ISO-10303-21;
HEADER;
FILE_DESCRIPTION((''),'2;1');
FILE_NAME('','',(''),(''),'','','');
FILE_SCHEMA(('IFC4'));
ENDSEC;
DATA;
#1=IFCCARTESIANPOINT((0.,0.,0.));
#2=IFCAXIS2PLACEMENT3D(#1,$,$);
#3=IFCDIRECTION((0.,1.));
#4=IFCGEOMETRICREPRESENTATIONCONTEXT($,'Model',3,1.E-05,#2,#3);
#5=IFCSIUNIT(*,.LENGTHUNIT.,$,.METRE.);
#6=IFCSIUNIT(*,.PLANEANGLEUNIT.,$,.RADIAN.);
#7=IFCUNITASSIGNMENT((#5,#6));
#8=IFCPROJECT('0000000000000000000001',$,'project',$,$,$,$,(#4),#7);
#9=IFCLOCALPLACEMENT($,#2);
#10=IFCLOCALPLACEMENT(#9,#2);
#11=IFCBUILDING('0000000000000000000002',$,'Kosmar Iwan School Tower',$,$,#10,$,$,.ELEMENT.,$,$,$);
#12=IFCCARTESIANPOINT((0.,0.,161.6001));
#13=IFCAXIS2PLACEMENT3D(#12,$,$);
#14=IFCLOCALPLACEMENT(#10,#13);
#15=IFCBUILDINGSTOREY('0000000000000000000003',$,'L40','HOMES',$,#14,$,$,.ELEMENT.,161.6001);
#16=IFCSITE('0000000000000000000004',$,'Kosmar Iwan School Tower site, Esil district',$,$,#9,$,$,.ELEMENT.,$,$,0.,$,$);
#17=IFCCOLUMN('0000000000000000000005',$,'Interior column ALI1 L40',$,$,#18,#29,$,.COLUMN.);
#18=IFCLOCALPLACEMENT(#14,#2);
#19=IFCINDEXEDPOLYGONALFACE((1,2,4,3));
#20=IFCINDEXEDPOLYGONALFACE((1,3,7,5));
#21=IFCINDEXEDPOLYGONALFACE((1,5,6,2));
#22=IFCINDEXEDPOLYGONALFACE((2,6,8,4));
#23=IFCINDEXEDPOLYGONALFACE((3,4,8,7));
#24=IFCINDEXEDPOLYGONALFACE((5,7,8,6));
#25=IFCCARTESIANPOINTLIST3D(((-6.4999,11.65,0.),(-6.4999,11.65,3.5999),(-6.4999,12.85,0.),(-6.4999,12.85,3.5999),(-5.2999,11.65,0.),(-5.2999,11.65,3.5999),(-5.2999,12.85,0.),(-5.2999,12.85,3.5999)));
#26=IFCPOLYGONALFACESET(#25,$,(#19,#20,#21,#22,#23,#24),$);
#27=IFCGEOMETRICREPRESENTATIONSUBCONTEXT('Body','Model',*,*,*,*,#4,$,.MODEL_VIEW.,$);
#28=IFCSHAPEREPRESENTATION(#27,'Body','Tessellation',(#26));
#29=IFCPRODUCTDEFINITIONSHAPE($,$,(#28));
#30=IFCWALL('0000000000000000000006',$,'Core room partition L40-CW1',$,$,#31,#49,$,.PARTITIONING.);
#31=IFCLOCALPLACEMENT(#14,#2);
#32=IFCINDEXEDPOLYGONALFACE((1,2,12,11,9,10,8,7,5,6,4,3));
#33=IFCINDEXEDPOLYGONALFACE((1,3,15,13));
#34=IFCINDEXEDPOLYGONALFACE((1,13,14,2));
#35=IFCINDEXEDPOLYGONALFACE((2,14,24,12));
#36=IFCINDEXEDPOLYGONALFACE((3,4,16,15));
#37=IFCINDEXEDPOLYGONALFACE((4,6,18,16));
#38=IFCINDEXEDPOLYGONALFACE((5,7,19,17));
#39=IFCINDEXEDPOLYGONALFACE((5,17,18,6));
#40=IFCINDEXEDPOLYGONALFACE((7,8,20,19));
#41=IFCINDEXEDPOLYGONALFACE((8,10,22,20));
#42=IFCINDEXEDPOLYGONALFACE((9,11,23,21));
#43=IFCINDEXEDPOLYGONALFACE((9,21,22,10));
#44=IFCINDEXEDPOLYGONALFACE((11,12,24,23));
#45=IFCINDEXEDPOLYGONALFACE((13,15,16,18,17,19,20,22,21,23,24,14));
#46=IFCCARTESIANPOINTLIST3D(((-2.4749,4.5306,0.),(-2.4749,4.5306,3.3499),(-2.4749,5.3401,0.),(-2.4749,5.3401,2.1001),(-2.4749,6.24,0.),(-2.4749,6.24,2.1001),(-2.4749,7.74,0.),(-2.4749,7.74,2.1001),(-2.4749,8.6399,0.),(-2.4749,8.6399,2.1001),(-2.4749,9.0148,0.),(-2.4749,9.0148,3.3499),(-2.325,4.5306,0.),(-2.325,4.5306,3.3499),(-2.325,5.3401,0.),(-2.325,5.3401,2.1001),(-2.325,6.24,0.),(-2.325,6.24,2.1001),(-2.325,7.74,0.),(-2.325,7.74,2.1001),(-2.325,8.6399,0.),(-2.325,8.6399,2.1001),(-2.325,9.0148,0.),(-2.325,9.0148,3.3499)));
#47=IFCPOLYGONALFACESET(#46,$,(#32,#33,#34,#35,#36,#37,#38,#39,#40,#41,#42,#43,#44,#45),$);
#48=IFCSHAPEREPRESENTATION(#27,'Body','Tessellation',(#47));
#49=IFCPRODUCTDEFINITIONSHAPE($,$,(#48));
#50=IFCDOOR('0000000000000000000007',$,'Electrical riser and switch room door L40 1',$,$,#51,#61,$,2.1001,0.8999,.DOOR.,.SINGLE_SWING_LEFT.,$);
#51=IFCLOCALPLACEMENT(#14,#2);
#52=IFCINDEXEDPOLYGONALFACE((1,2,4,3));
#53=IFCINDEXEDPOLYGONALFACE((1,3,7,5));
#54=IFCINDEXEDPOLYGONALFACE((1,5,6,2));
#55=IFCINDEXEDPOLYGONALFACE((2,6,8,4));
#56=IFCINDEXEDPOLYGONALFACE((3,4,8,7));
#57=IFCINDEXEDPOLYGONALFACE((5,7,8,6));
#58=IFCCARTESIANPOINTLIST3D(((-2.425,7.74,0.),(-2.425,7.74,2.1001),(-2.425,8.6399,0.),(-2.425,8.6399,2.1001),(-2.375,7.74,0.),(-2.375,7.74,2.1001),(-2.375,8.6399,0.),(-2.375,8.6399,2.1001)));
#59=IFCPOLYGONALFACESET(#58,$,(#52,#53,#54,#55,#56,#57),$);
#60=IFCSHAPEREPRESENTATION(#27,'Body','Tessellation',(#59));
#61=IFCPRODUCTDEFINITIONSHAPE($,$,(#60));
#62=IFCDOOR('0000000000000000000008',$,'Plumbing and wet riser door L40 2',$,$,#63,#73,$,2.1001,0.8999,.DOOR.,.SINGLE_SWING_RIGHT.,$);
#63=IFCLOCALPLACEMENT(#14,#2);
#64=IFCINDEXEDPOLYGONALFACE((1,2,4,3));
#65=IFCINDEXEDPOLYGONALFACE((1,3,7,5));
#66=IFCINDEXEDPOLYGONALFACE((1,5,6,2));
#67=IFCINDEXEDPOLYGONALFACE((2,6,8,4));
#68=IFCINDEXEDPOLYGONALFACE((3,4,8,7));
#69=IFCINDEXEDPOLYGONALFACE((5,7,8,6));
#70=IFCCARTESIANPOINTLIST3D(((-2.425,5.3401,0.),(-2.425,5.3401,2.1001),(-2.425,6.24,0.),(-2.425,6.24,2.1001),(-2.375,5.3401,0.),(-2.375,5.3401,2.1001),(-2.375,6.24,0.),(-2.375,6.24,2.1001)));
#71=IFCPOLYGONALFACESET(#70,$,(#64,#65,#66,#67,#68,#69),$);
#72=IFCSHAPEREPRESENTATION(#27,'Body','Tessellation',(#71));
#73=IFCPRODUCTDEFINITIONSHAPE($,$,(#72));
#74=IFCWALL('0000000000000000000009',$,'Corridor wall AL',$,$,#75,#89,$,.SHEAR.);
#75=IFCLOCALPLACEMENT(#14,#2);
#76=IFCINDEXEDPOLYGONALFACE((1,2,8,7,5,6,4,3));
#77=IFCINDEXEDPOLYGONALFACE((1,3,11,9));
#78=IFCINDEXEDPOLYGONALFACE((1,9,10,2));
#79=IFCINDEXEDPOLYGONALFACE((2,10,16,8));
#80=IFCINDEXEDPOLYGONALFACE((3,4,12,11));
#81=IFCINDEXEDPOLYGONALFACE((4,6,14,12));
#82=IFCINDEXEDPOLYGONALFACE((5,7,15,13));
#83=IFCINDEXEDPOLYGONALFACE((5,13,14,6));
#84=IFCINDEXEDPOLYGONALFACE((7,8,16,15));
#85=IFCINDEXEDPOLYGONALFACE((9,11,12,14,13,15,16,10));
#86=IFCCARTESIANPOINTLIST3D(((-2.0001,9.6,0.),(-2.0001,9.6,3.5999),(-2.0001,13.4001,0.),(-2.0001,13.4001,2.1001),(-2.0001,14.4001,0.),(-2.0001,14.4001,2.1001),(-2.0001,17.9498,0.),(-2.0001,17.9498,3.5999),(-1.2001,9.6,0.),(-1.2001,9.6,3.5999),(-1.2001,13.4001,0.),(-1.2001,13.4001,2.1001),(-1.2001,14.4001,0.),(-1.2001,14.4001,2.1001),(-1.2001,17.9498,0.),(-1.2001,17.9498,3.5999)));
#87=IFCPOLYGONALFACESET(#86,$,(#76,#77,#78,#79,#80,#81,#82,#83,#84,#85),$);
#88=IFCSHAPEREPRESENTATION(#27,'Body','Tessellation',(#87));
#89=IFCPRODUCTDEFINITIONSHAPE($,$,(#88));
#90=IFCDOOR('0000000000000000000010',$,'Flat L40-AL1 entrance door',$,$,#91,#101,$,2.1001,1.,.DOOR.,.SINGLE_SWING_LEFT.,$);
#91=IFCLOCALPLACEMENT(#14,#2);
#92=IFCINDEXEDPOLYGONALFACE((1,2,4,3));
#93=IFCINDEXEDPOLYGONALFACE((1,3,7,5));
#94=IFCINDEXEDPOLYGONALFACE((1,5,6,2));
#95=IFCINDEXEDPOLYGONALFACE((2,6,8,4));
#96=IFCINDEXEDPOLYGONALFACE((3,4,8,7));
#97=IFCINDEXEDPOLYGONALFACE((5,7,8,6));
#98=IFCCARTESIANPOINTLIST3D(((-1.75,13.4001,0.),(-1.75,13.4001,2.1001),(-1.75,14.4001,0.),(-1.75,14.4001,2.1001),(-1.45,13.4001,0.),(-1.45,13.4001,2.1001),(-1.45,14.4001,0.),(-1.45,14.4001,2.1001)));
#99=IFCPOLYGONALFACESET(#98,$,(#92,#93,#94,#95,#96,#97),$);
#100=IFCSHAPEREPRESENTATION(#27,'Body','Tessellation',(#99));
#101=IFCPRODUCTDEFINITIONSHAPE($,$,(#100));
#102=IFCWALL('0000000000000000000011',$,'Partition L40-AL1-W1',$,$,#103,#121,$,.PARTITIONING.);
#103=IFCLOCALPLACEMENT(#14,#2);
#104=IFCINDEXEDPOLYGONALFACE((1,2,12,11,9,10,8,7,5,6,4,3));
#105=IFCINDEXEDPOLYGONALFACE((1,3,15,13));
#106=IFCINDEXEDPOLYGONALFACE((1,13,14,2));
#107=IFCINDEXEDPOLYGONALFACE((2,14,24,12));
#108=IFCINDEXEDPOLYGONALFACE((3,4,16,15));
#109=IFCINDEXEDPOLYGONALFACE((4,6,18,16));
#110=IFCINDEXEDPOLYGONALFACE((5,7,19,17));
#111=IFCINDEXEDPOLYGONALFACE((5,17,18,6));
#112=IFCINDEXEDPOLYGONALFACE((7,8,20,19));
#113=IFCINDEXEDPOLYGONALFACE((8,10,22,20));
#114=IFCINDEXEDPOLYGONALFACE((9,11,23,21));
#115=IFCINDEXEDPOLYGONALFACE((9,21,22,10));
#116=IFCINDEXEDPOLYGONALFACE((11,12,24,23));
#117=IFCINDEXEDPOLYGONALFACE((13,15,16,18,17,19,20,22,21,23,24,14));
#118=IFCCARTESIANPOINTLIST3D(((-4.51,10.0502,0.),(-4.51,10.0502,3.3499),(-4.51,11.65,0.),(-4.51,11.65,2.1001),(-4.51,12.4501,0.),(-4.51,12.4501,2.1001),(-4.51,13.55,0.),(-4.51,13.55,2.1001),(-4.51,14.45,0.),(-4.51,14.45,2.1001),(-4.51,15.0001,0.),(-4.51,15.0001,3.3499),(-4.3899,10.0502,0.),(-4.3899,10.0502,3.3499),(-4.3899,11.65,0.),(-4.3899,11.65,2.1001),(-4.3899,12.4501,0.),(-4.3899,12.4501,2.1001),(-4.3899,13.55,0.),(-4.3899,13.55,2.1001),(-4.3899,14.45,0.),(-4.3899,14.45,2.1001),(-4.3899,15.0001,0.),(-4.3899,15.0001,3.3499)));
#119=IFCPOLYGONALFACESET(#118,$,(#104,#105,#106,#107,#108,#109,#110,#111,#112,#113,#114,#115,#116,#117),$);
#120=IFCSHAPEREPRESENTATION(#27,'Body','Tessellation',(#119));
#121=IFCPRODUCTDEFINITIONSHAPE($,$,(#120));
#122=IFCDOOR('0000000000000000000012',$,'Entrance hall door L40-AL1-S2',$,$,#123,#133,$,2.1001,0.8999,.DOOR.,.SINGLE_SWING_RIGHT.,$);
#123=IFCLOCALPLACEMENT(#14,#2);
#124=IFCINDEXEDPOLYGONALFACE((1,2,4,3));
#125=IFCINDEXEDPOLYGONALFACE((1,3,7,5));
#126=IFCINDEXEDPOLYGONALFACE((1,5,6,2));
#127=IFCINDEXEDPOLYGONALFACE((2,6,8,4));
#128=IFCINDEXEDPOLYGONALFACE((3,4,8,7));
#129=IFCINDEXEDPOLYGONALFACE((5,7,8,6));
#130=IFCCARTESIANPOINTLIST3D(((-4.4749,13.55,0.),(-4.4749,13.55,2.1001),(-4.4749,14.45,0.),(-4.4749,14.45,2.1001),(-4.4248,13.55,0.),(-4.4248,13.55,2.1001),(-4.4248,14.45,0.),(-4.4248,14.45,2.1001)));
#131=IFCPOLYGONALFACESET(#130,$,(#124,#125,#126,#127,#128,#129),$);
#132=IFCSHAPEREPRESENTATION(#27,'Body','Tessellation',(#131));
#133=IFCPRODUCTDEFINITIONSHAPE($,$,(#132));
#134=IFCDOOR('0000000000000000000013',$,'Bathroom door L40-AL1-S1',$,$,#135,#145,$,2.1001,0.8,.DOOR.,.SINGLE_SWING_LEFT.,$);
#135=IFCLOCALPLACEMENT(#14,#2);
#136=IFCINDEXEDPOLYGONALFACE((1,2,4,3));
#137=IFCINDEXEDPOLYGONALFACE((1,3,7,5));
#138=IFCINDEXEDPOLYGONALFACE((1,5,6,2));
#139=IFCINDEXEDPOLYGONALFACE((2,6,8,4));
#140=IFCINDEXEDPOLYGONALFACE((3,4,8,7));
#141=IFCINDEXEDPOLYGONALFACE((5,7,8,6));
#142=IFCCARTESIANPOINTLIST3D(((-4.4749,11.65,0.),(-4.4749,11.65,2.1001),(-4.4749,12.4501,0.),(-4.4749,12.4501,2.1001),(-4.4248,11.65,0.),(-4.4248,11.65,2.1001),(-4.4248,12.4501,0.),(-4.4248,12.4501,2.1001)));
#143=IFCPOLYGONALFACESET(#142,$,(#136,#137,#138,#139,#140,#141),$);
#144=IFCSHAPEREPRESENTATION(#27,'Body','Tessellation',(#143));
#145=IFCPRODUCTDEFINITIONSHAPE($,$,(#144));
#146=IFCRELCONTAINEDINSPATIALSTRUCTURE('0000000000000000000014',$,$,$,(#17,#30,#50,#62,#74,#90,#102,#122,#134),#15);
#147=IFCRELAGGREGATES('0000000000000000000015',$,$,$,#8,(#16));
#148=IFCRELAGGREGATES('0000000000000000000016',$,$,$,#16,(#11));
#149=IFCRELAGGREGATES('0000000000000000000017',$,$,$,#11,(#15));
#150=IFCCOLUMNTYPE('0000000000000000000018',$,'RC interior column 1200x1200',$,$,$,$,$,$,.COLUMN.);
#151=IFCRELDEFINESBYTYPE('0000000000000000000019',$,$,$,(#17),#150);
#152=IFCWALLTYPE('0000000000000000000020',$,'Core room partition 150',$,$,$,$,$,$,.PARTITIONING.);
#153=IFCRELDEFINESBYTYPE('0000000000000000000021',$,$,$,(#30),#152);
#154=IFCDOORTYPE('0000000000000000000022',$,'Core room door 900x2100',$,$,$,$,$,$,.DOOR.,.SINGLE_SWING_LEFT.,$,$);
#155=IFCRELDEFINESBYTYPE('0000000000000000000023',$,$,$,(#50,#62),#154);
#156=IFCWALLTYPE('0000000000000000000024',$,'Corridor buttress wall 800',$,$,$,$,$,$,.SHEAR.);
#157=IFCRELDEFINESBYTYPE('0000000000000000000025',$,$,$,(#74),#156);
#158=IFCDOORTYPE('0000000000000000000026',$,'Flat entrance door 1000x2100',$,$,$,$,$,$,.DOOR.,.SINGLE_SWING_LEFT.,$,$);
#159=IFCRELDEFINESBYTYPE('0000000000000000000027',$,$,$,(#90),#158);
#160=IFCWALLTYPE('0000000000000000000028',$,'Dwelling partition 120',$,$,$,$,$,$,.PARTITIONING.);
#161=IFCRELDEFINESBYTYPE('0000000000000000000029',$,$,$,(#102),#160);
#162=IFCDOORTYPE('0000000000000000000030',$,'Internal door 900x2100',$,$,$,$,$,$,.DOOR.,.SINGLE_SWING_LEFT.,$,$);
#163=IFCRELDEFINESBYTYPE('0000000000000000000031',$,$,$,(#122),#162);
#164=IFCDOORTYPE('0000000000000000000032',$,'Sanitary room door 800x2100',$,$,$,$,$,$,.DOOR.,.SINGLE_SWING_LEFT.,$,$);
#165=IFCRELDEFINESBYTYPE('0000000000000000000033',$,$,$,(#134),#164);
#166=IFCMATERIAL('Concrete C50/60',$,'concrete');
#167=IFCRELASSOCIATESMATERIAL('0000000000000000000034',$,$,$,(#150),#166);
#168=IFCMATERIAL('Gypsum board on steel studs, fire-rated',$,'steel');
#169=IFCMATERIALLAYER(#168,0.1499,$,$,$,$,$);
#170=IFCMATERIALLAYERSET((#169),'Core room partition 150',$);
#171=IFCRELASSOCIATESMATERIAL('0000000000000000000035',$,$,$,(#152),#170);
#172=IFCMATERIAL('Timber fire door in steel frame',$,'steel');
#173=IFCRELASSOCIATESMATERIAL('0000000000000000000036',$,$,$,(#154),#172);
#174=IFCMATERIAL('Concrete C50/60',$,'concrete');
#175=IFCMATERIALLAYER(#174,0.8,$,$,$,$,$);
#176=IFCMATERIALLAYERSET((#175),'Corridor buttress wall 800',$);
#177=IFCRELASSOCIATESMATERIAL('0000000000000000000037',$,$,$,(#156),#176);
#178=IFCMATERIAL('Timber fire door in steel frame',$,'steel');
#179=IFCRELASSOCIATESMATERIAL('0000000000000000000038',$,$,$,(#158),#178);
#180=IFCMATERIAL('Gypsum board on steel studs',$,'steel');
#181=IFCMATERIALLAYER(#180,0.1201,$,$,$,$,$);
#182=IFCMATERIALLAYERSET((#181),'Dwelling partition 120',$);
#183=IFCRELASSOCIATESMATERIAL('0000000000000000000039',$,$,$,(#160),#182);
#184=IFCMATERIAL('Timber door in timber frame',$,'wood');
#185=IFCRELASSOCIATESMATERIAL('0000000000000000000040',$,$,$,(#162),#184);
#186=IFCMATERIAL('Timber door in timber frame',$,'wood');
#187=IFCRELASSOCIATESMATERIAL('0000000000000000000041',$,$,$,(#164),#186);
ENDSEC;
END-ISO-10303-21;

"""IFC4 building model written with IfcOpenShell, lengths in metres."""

from ifc_helpers import new_model, si_unit, direction, frame, frame_2d, origin, origin_2d, place, context, subcontext, project, spatial, rectangle, extrude, material, layer, layer_set, material_profile, profile_set, type_object, element, fill, save


model = new_model("IFC4")

# Units and contexts
model_context = context("Model", 3, precision=1e-05, world=origin(), true_north=direction((0.0, 1.0)))
body_context = subcontext(model_context, "Body", "Model", "MODEL_VIEW")
ifc_project = project(units=[si_unit("LENGTHUNIT", "METRE"), si_unit("PLANEANGLEUNIT", "RADIAN")], contexts=[model_context])

# Site, building, storey
site_placement = place(None, origin())
site = spatial("IfcSite", under=ifc_project, at=site_placement, Name="Kosmar Iwan School Tower site, Esil district", CompositionType="ELEMENT", RefElevation=0.0)
building_placement = place(site_placement, origin())
building = spatial("IfcBuilding", under=site, at=building_placement, Name="Kosmar Iwan School Tower", CompositionType="ELEMENT")
storey_placement = place(building_placement, frame((0.0, 0.0, 161.6001)))
storey = spatial("IfcBuildingStorey", under=building, at=storey_placement, Name="L40", Description="HOMES", CompositionType="ELEMENT", Elevation=161.6001)

# Column
ifc_material_1 = material(Name="Concrete C50/60", Category="concrete")
ifc_material_profile = material_profile(ifc_material_1, rectangle(XDim=1.2, YDim=1.2, at=origin_2d()), Name="RC 1200x1200")
ifc_profile_set = profile_set([ifc_material_profile], Name="Concrete C50/60")
column_type = type_object("IfcColumnType", Name="RC interior column 1200x1200", PredefinedType="COLUMN", material=ifc_profile_set)
column_placement = place(storey_placement, frame((-5.8999, 12.25, 0.0), z_axis=(0.0, 0.0, 1.0), x_axis=(0.0, 1.0, 0.0)))
element("IfcColumn", 1, at=column_placement, inside=storey, type_object=column_type, Name="Interior column ALI1 L40", PredefinedType="COLUMN", context=body_context, shape_type="SweptSolid", body=[
    extrude(rectangle(XDim=1.2, YDim=1.2, at=origin_2d()), origin(), (0.0, 0.0, 1.0), 3.5999),
])

# Wall, openings, doors
ifc_material_2 = material(Name="Gypsum board on steel studs, fire-rated", Category="steel")
ifc_layer_1 = layer(ifc_material_2, 0.1499)
ifc_layer_set_1 = layer_set([ifc_layer_1], Name="Core room partition 150")
wall_type_1 = type_object("IfcWallType", Name="Core room partition 150", PredefinedType="PARTITIONING", material=ifc_layer_set_1)
wall_1_placement = place(storey_placement, frame((-2.3999, 9.0149, 0.0), z_axis=(0.0, 0.0, 1.0), x_axis=(0.0, -1.0, 0.0)))
wall_1 = element("IfcWall", 2, at=wall_1_placement, inside=storey, type_object=wall_type_1, Name="Core room partition L40-CW1", PredefinedType="PARTITIONING", context=body_context, shape_type="SweptSolid", body=[
    extrude(rectangle(XDim=4.4841, YDim=0.1499, at=frame_2d((2.2422, 0.0))), origin(), (0.0, 0.0, 1.0), 3.3499),
])
opening_1_placement = place(wall_1_placement, frame((0.375, 0.0, 0.0)))
opening_1 = element("IfcOpeningElement", 3, at=opening_1_placement, cuts=wall_1, PredefinedType="OPENING", context=body_context, shape_type="SweptSolid", body=[
    extrude(rectangle(XDim=0.8999, YDim=2.1001, at=frame_2d((0.45, 1.05))), frame((0.0, 0.0869, 0.0), z_axis=(0.0, -1.0, 0.0), x_axis=(1.0, 0.0, 0.0)), (0.0, 0.0, 1.0), 0.1738),
])
opening_2_placement = place(wall_1_placement, frame((2.7749, 0.0, 0.0)))
opening_2 = element("IfcOpeningElement", 4, at=opening_2_placement, cuts=wall_1, PredefinedType="OPENING", context=body_context, shape_type="SweptSolid", body=[
    extrude(rectangle(XDim=0.8999, YDim=2.1001, at=frame_2d((0.45, 1.05))), frame((0.0, 0.0869, 0.0), z_axis=(0.0, -1.0, 0.0), x_axis=(1.0, 0.0, 0.0)), (0.0, 0.0, 1.0), 0.1738),
])
ifc_material_3 = material(Name="Timber fire door in steel frame", Category="steel")
door_type_1 = type_object("IfcDoorType", Name="Core room door 900x2100", OperationType="SINGLE_SWING_LEFT", PredefinedType="DOOR", material=ifc_material_3)
door_1_placement = place(opening_1_placement, origin())
door_1 = element("IfcDoor", 5, at=door_1_placement, inside=storey, type_object=door_type_1, Name="Electrical riser and switch room door L40 1", OperationType="SINGLE_SWING_LEFT", OverallHeight=2.1001, OverallWidth=0.8999, PredefinedType="DOOR", context=body_context, shape_type="SweptSolid", body=[
    extrude(rectangle(XDim=0.8999, YDim=2.1001, at=frame_2d((0.45, 1.05))), frame((0.0, 0.0249, 0.0), z_axis=(0.0, -1.0, 0.0), x_axis=(1.0, 0.0, 0.0)), (0.0, 0.0, 1.0), 0.05),
])
fill(opening_1, door_1)
door_2_placement = place(opening_2_placement, origin())
door_2 = element("IfcDoor", 6, at=door_2_placement, inside=storey, type_object=door_type_1, Name="Plumbing and wet riser door L40 2", OperationType="SINGLE_SWING_RIGHT", OverallHeight=2.1001, OverallWidth=0.8999, PredefinedType="DOOR", context=body_context, shape_type="SweptSolid", body=[
    extrude(rectangle(XDim=0.8999, YDim=2.1001, at=frame_2d((0.45, 1.05))), frame((0.0, 0.0249, 0.0), z_axis=(0.0, -1.0, 0.0), x_axis=(1.0, 0.0, 0.0)), (0.0, 0.0, 1.0), 0.05),
])
fill(opening_2, door_2)

# Wall, opening, door
ifc_material_4 = material(Name="Concrete C50/60", Category="concrete")
ifc_layer_2 = layer(ifc_material_4, 0.8)
ifc_layer_set_2 = layer_set([ifc_layer_2], Name="Corridor buttress wall 800")
wall_type_2 = type_object("IfcWallType", Name="Corridor buttress wall 800", PredefinedType="SHEAR", material=ifc_layer_set_2)
wall_2_placement = place(storey_placement, frame((-1.6001, 9.6001, 0.0), z_axis=(0.0, 0.0, 1.0), x_axis=(0.0, 1.0, 0.0)))
wall_2 = element("IfcWall", 7, at=wall_2_placement, inside=storey, type_object=wall_type_2, Name="Corridor wall AL", PredefinedType="SHEAR", context=body_context, shape_type="SweptSolid", body=[
    extrude(rectangle(XDim=8.3499, YDim=0.8, at=frame_2d((4.1748, 0.0))), origin(), (0.0, 0.0, 1.0), 3.5999),
])
opening_3_placement = place(wall_2_placement, frame((3.8, 0.0, 0.0)))
opening_3 = element("IfcOpeningElement", 8, at=opening_3_placement, cuts=wall_2, PredefinedType="OPENING", context=body_context, shape_type="SweptSolid", body=[
    extrude(rectangle(XDim=1.0, YDim=2.1001, at=frame_2d((0.5, 1.05))), frame((0.0, 0.4121, 0.0), z_axis=(0.0, -1.0, 0.0), x_axis=(1.0, 0.0, 0.0)), (0.0, 0.0, 1.0), 0.824),
])
ifc_material_5 = material(Name="Timber fire door in steel frame", Category="steel")
door_type_2 = type_object("IfcDoorType", Name="Flat entrance door 1000x2100", OperationType="SINGLE_SWING_LEFT", PredefinedType="DOOR", material=ifc_material_5)
door_3_placement = place(opening_3_placement, origin())
door_3 = element("IfcDoor", 9, at=door_3_placement, inside=storey, type_object=door_type_2, Name="Flat L40-AL1 entrance door", OperationType="SINGLE_SWING_LEFT", OverallHeight=2.1001, OverallWidth=1.0, PredefinedType="DOOR", context=body_context, shape_type="SweptSolid", body=[
    extrude(rectangle(XDim=1.0, YDim=2.1001, at=frame_2d((0.5, 1.05))), frame((0.0, 0.1499, 0.0), z_axis=(0.0, -1.0, 0.0), x_axis=(1.0, 0.0, 0.0)), (0.0, 0.0, 1.0), 0.3),
])
fill(opening_3, door_3)

# Wall, openings, doors
ifc_material_6 = material(Name="Gypsum board on steel studs", Category="steel")
ifc_layer_3 = layer(ifc_material_6, 0.1201)
ifc_layer_set_3 = layer_set([ifc_layer_3], Name="Dwelling partition 120")
wall_type_3 = type_object("IfcWallType", Name="Dwelling partition 120", PredefinedType="PARTITIONING", material=ifc_layer_set_3)
wall_3_placement = place(storey_placement, frame((-4.45, 10.05, 0.0), z_axis=(0.0, 0.0, 1.0), x_axis=(0.0, 1.0, 0.0)))
wall_3 = element("IfcWall", 10, at=wall_3_placement, inside=storey, type_object=wall_type_3, Name="Partition L40-AL1-W1", PredefinedType="PARTITIONING", context=body_context, shape_type="SweptSolid", body=[
    extrude(rectangle(XDim=4.95, YDim=0.1201, at=frame_2d((2.4751, 0.0))), origin(), (0.0, 0.0, 1.0), 3.3499),
])
opening_4_placement = place(wall_3_placement, frame((1.6001, 0.0, 0.0)))
opening_4 = element("IfcOpeningElement", 11, at=opening_4_placement, cuts=wall_3, PredefinedType="OPENING", context=body_context, shape_type="SweptSolid", body=[
    extrude(rectangle(XDim=0.8, YDim=2.1001, at=frame_2d((0.3999, 1.05))), frame((0.0, 0.072, 0.0), z_axis=(0.0, -1.0, 0.0), x_axis=(1.0, 0.0, 0.0)), (0.0, 0.0, 1.0), 0.144),
])
opening_5_placement = place(wall_3_placement, frame((3.5, 0.0, 0.0)))
opening_5 = element("IfcOpeningElement", 12, at=opening_5_placement, cuts=wall_3, PredefinedType="OPENING", context=body_context, shape_type="SweptSolid", body=[
    extrude(rectangle(XDim=0.8999, YDim=2.1001, at=frame_2d((0.45, 1.05))), frame((0.0, 0.072, 0.0), z_axis=(0.0, -1.0, 0.0), x_axis=(1.0, 0.0, 0.0)), (0.0, 0.0, 1.0), 0.144),
])
ifc_material_7 = material(Name="Timber door in timber frame", Category="wood")
door_type_3 = type_object("IfcDoorType", Name="Internal door 900x2100", OperationType="SINGLE_SWING_LEFT", PredefinedType="DOOR", material=ifc_material_7)
door_4_placement = place(opening_5_placement, origin())
door_4 = element("IfcDoor", 13, at=door_4_placement, inside=storey, type_object=door_type_3, Name="Entrance hall door L40-AL1-S2", OperationType="SINGLE_SWING_RIGHT", OverallHeight=2.1001, OverallWidth=0.8999, PredefinedType="DOOR", context=body_context, shape_type="SweptSolid", body=[
    extrude(rectangle(XDim=0.8999, YDim=2.1001, at=frame_2d((0.45, 1.05))), frame((0.0, 0.0249, 0.0), z_axis=(0.0, -1.0, 0.0), x_axis=(1.0, 0.0, 0.0)), (0.0, 0.0, 1.0), 0.05),
])
fill(opening_5, door_4)
ifc_material_8 = material(Name="Timber door in timber frame", Category="wood")
door_type_4 = type_object("IfcDoorType", Name="Sanitary room door 800x2100", OperationType="SINGLE_SWING_LEFT", PredefinedType="DOOR", material=ifc_material_8)
door_5_placement = place(opening_4_placement, origin())
door_5 = element("IfcDoor", 14, at=door_5_placement, inside=storey, type_object=door_type_4, Name="Bathroom door L40-AL1-S1", OperationType="SINGLE_SWING_LEFT", OverallHeight=2.1001, OverallWidth=0.8, PredefinedType="DOOR", context=body_context, shape_type="SweptSolid", body=[
    extrude(rectangle(XDim=0.8, YDim=2.1001, at=frame_2d((0.3999, 1.05))), frame((0.0, 0.0249, 0.0), z_axis=(0.0, -1.0, 0.0), x_axis=(1.0, 0.0, 0.0)), (0.0, 0.0, 1.0), 0.05),
])
fill(opening_4, door_5)

save(model, "model.ifc")
